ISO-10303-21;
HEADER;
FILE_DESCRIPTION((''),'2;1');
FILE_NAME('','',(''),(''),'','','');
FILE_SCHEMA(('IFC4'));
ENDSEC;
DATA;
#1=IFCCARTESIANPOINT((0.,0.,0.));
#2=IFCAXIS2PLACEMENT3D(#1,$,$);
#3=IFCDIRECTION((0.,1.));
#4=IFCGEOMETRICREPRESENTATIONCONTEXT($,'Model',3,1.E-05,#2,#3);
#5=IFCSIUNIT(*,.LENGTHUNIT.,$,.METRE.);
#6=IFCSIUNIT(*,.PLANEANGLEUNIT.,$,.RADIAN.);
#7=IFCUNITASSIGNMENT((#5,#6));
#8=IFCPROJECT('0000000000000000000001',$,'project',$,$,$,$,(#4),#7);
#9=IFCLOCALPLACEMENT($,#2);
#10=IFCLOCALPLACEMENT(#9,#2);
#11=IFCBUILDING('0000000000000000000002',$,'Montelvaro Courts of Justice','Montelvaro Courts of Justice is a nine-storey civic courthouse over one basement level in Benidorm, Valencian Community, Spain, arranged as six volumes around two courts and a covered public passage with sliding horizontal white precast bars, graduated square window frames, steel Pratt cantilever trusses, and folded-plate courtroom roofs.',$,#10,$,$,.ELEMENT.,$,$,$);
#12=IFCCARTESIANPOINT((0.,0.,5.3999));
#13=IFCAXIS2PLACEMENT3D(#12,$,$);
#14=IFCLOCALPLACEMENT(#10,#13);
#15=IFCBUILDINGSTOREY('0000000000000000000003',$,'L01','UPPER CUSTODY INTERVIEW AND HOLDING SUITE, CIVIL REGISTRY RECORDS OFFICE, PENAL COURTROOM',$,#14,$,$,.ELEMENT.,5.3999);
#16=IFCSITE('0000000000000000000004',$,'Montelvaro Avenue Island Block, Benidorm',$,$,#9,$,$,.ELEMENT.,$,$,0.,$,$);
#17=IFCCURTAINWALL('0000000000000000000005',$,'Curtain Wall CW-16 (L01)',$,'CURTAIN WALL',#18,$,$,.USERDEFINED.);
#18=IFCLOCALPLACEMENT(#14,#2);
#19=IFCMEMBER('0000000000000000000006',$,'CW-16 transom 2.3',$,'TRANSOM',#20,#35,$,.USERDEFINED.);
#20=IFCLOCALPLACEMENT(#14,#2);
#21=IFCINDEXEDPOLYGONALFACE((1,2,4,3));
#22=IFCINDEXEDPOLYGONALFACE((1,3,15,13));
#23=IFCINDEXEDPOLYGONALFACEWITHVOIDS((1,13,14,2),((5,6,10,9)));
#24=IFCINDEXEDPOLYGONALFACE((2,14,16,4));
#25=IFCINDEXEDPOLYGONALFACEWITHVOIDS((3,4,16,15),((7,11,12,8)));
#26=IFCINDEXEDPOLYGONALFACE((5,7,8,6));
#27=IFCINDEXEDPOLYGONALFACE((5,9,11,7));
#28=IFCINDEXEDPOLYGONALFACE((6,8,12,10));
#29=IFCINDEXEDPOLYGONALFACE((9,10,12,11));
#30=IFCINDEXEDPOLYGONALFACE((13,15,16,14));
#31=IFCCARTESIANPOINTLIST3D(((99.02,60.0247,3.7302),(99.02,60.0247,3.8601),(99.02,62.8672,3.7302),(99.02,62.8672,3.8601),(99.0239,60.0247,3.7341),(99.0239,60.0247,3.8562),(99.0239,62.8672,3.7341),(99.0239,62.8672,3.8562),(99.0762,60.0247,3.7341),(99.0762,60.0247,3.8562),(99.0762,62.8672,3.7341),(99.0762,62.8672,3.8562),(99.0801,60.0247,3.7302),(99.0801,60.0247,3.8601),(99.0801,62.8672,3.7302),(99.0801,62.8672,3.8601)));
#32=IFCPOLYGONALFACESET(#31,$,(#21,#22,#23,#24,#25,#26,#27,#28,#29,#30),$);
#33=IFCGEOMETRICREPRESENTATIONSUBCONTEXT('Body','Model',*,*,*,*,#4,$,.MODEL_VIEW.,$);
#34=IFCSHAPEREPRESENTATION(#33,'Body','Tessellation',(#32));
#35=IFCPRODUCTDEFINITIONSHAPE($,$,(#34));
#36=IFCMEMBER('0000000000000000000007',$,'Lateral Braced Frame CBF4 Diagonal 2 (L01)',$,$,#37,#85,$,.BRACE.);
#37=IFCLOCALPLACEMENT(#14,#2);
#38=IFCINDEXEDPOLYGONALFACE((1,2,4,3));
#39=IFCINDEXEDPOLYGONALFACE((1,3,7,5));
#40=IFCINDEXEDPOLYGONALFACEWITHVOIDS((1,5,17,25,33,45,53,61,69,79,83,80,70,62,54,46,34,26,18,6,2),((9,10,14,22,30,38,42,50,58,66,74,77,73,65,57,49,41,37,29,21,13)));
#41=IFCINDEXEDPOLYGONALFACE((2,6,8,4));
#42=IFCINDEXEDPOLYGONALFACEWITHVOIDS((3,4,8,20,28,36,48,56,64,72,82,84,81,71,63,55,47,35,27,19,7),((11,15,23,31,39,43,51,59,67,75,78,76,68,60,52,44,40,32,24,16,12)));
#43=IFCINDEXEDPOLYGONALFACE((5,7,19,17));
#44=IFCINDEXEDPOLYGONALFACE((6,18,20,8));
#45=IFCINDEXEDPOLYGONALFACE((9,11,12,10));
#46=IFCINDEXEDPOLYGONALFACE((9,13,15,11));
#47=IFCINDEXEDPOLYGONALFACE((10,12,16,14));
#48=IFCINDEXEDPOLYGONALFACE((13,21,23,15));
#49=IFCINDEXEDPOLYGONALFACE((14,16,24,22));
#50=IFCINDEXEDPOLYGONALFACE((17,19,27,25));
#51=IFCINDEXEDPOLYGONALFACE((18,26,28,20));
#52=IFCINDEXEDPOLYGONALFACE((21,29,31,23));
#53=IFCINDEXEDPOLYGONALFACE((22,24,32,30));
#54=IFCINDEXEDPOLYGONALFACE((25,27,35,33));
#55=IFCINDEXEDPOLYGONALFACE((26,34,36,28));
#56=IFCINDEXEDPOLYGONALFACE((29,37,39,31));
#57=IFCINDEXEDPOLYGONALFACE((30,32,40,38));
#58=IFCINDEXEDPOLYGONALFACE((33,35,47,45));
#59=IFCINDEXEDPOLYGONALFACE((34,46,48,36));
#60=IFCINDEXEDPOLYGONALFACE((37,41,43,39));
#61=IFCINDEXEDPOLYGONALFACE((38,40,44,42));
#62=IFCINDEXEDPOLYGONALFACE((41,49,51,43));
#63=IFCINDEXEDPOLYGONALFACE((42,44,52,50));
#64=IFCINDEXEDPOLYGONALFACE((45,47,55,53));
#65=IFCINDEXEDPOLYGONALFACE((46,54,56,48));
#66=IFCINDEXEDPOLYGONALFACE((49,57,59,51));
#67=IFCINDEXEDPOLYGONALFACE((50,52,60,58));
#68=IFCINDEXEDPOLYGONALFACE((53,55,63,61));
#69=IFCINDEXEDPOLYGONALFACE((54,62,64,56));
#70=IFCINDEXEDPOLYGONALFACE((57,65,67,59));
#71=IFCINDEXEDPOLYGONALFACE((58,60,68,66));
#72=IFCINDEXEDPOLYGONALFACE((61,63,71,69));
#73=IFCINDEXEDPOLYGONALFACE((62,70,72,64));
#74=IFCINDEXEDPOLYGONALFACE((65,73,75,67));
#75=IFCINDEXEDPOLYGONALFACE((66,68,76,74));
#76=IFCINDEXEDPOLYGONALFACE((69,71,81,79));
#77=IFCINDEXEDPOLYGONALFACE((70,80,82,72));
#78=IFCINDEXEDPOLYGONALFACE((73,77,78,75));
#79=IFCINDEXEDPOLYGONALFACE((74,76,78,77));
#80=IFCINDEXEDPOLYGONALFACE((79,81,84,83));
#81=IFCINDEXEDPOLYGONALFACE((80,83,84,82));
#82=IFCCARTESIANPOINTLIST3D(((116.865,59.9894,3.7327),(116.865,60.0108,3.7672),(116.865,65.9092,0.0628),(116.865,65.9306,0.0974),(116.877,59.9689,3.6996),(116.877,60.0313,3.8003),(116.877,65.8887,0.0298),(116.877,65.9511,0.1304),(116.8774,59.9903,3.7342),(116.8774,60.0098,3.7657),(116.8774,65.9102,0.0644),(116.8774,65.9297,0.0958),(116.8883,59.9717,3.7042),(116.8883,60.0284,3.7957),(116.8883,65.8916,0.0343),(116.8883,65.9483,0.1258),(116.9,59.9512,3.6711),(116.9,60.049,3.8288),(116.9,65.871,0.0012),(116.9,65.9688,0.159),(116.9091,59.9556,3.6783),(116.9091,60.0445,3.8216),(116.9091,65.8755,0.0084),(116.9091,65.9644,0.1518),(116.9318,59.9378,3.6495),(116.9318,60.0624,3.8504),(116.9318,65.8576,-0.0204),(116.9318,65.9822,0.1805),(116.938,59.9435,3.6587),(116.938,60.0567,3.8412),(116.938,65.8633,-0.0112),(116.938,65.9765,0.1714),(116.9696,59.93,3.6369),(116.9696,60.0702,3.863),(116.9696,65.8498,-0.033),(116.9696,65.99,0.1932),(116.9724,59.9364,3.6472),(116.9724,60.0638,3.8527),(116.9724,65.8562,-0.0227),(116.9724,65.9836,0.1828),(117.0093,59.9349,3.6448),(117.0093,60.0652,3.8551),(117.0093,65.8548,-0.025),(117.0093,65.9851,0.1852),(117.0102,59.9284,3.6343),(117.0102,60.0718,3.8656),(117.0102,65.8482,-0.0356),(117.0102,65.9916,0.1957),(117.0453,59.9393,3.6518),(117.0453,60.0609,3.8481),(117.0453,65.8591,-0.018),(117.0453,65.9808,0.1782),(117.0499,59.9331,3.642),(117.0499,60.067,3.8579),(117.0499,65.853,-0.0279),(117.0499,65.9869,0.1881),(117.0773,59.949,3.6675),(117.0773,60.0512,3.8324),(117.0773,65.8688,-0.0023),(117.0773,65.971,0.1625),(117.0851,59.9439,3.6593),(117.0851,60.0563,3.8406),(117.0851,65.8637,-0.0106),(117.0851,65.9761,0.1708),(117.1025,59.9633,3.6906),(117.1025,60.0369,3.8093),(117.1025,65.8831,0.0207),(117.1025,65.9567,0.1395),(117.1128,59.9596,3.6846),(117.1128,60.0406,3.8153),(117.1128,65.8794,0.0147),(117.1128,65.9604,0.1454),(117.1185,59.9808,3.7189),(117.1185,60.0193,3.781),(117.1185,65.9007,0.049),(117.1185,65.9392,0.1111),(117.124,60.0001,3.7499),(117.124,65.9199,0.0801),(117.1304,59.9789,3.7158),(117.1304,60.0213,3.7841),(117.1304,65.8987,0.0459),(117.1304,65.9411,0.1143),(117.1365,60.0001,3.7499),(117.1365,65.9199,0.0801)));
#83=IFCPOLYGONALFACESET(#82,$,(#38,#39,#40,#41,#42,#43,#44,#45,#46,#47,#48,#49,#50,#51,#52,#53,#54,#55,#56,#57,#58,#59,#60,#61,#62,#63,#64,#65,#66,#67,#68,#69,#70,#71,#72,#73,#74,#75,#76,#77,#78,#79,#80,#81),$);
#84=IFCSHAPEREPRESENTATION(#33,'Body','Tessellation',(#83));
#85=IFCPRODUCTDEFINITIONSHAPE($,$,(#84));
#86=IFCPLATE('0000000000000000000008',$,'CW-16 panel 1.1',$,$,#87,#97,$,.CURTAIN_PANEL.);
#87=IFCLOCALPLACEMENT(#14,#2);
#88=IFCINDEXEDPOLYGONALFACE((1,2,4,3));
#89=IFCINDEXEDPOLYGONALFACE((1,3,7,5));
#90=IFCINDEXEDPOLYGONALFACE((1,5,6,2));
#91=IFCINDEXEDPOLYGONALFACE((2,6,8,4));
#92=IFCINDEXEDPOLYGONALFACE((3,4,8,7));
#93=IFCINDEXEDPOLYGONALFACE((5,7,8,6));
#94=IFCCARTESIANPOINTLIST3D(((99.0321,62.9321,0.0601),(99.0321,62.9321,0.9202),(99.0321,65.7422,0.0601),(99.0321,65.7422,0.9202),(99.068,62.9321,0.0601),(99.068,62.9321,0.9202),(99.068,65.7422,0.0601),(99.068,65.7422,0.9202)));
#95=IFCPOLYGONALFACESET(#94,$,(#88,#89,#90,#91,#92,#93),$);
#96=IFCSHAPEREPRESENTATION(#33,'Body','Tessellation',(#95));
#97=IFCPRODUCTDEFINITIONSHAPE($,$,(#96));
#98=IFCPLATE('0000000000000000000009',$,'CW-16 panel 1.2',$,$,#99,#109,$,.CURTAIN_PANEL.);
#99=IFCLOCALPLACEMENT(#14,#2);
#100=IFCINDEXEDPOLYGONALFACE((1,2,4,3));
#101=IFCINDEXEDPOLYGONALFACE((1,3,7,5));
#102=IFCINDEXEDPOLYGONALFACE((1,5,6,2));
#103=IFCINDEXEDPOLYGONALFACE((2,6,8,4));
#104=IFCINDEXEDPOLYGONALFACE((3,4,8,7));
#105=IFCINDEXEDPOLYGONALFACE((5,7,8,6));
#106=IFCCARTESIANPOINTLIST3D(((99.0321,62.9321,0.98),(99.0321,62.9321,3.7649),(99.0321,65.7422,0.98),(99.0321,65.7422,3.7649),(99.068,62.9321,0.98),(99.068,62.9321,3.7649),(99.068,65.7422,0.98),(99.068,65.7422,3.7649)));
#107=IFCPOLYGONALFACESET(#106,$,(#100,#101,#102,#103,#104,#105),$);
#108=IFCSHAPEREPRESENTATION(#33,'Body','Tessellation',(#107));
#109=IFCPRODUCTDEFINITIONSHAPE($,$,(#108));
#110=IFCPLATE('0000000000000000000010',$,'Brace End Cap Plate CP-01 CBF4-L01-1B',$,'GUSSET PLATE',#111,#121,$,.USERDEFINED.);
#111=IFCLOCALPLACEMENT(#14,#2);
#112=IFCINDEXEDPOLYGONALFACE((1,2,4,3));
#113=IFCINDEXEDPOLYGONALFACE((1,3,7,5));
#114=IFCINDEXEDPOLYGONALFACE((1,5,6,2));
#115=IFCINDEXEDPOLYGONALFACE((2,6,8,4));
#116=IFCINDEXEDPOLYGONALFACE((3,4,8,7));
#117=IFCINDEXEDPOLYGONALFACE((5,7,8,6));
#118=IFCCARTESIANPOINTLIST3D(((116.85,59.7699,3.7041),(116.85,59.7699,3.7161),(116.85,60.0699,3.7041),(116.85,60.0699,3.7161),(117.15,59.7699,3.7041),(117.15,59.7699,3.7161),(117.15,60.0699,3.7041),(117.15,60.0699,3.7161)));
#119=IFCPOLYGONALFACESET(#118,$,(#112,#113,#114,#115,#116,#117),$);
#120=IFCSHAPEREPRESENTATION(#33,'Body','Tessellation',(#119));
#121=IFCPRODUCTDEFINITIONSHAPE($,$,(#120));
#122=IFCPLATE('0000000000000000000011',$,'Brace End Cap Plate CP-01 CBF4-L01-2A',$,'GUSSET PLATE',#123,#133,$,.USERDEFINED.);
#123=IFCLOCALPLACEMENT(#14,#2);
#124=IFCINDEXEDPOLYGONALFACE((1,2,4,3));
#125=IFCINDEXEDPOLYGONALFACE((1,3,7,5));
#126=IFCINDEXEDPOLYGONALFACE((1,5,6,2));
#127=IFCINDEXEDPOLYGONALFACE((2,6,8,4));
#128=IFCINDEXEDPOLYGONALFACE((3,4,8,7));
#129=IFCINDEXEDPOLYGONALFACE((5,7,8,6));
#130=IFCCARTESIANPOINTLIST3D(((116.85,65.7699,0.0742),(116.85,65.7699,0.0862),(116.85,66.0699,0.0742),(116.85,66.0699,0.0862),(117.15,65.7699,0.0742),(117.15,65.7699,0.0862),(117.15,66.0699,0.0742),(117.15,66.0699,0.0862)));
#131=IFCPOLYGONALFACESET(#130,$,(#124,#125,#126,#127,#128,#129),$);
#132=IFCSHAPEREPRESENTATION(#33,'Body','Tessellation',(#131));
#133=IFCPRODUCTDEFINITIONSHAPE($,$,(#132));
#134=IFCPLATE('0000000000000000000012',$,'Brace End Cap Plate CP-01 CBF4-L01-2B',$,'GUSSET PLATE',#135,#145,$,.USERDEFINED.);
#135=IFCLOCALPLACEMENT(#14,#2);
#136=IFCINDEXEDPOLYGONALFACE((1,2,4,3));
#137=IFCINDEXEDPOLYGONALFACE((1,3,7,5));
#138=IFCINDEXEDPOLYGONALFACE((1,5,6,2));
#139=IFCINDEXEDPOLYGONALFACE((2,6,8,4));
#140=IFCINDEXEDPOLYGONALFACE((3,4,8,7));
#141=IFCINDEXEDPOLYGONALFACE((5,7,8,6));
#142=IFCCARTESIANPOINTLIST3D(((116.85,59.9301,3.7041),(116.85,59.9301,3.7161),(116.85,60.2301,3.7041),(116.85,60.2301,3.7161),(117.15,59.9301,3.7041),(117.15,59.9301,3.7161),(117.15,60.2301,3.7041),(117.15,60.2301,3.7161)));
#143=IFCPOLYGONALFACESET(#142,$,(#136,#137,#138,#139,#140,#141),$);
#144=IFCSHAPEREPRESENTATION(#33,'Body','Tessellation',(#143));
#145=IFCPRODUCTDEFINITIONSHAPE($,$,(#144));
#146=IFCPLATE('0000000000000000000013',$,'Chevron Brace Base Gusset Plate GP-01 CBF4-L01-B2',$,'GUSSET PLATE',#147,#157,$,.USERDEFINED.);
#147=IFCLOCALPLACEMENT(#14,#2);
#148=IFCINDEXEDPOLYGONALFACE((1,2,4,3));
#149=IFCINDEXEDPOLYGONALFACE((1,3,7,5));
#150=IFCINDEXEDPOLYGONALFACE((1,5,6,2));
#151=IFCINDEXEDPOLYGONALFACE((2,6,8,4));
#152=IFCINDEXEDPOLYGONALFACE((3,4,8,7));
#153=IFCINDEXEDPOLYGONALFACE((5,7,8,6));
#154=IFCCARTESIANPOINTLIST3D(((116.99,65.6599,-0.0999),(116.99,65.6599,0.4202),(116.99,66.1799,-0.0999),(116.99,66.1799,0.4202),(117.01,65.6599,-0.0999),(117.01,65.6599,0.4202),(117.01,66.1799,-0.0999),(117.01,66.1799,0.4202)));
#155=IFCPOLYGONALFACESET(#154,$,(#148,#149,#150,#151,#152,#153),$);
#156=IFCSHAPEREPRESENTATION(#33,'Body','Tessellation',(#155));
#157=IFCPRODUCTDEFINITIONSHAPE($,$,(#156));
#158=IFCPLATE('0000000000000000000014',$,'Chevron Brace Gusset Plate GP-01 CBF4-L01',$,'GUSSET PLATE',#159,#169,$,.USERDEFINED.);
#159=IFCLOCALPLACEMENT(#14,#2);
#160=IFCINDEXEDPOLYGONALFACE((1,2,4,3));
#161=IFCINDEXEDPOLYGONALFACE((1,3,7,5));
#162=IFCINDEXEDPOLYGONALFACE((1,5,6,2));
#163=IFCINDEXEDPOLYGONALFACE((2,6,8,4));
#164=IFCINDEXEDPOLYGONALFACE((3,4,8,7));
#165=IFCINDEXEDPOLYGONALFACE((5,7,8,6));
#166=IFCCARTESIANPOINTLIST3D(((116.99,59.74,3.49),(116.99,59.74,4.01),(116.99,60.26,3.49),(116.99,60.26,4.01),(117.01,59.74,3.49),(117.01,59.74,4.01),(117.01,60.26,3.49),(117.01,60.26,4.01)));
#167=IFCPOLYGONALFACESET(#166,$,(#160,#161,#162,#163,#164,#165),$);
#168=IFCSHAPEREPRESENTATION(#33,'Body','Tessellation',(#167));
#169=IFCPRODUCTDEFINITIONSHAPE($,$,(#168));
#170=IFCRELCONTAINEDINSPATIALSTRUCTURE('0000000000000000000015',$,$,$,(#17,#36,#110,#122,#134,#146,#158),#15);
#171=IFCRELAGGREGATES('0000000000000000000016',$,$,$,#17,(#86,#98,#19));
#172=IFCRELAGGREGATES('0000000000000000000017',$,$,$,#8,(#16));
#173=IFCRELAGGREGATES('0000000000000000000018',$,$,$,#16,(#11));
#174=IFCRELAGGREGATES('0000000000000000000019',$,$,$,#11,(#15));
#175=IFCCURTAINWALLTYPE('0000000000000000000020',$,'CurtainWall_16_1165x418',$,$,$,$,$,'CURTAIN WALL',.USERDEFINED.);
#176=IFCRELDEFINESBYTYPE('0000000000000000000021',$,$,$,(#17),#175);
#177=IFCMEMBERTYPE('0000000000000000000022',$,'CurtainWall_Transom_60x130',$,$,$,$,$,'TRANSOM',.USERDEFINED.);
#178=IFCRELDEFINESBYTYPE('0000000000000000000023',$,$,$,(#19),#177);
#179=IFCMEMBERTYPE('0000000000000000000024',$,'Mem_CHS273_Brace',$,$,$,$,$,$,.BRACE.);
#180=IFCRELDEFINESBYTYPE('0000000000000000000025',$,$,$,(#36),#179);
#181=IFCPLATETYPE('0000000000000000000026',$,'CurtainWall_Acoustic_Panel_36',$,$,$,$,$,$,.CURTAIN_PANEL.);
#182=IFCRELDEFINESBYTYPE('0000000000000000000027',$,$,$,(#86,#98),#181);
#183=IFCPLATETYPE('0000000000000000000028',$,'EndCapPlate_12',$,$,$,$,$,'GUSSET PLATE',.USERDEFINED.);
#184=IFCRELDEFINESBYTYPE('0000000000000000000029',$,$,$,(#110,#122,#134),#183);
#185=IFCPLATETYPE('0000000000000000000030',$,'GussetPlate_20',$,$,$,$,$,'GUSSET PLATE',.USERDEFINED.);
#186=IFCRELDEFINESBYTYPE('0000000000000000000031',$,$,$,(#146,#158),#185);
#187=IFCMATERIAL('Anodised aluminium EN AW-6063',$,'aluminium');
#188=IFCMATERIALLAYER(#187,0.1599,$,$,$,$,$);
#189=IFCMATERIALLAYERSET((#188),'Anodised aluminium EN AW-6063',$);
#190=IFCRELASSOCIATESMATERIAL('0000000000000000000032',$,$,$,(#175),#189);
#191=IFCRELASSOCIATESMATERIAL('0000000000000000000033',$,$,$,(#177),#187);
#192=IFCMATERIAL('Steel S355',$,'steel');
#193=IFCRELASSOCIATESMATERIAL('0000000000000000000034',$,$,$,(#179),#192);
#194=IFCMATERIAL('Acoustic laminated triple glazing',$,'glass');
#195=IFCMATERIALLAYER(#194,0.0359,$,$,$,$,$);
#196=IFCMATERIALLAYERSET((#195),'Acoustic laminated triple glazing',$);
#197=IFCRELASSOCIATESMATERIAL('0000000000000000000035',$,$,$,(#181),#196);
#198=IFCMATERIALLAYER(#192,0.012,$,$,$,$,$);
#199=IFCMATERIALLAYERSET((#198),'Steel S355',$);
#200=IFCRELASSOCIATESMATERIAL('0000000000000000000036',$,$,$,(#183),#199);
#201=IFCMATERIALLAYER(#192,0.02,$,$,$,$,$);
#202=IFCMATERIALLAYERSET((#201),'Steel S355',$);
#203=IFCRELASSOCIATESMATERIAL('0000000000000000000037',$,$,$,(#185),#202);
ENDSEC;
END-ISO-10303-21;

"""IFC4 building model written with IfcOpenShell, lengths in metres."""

from ifc_helpers import new_model, si_unit, direction, frame, origin, origin_2d, place, context, subcontext, project, spatial, rectangle, hollow_rectangle, hollow_circle, extrude, material, layer, layer_set, material_profile, profile_set, type_object, element, aggregate, save


model = new_model("IFC4")

# Units and contexts
model_context = context("Model", 3, precision=1e-05, world=origin(), true_north=direction((0.0, 1.0)))
body_context = subcontext(model_context, "Body", "Model", "MODEL_VIEW")
ifc_project = project(units=[si_unit("LENGTHUNIT", "METRE"), si_unit("PLANEANGLEUNIT", "RADIAN")], contexts=[model_context])

# Site, building, storey
site_placement = place(None, origin())
site = spatial("IfcSite", under=ifc_project, at=site_placement, Name="Montelvaro Avenue Island Block, Benidorm", CompositionType="ELEMENT", RefElevation=0.0)
building_placement = place(site_placement, origin())
building = spatial("IfcBuilding", under=site, at=building_placement, Name="Montelvaro Courts of Justice", Description="Montelvaro Courts of Justice is a nine-storey civic courthouse over one basement level in Benidorm, Valencian Community, Spain, arranged as six volumes around two courts and a covered public passage with sliding horizontal white precast bars, graduated square window frames, steel Pratt cantilever trusses, and folded-plate courtroom roofs.", CompositionType="ELEMENT")
storey_placement = place(building_placement, frame((0.0, 0.0, 5.3999)))
storey = spatial("IfcBuildingStorey", under=building, at=storey_placement, Name="L01", Description="UPPER CUSTODY INTERVIEW AND HOLDING SUITE, CIVIL REGISTRY RECORDS OFFICE, PENAL COURTROOM", CompositionType="ELEMENT", Elevation=5.3999)

# Shared definitions
ifc_material_1 = material(Name="Steel S355", Category="steel")

# Curtain wall
ifc_material_2 = material(Name="Anodised aluminium EN AW-6063", Category="aluminium")
ifc_layer_1 = layer(ifc_material_2, 0.1599)
ifc_layer_set_1 = layer_set([ifc_layer_1], Name="Anodised aluminium EN AW-6063")
curtain_wall_type_1 = type_object("IfcCurtainWallType", Name="CurtainWall_16_1165x418", ElementType="CURTAIN WALL", PredefinedType="USERDEFINED", material=ifc_layer_set_1)
curtain_wall_1_placement = place(storey_placement, origin())
curtain_wall_1 = element("IfcCurtainWall", 1, at=curtain_wall_1_placement, inside=storey, type_object=curtain_wall_type_1, Name="Curtain Wall CW-16 (L01)", ObjectType="CURTAIN WALL", PredefinedType="USERDEFINED")

# Members
ifc_material_profile_1 = material_profile(ifc_material_2, hollow_rectangle(XDim=0.0601, YDim=0.1299, WallThickness=0.0039, at=origin_2d()), Name="ALU-T 60x130")
ifc_profile_set_1 = profile_set([ifc_material_profile_1], Name="Anodised aluminium EN AW-6063")
member_type_1 = type_object("IfcMemberType", Name="CurtainWall_Transom_60x130", ElementType="TRANSOM", PredefinedType="USERDEFINED", material=ifc_profile_set_1)
member_1_placement = place(storey_placement, frame((99.05, 62.8672, 3.7952), z_axis=(0.0, -1.0, 0.0), x_axis=(1.0, 0.0, 0.0)))
member_1 = element("IfcMember", 2, at=member_1_placement, type_object=member_type_1, Name="CW-16 transom 2.3", ObjectType="TRANSOM", PredefinedType="USERDEFINED", context=body_context, shape_type="SweptSolid", body=[
    extrude(hollow_rectangle(XDim=0.0601, YDim=0.1299, WallThickness=0.0039, at=origin_2d()), origin(), (0.0, 0.0, 1.0), 2.8425),
])
ifc_material_profile_2 = material_profile(ifc_material_1, hollow_circle(Radius=0.1365, WallThickness=0.0125, at=origin_2d()), Name="CHS 273x12.5")
ifc_profile_set_2 = profile_set([ifc_material_profile_2], Name="Steel S355")
member_type_2 = type_object("IfcMemberType", Name="Mem_CHS273_Brace", PredefinedType="BRACE", material=ifc_profile_set_2)
member_2_placement = place(storey_placement, frame((117.0, 65.9199, 0.0801), z_axis=(0.0, -0.84993, 0.526895), x_axis=(1.0, 0.0, 0.0)))
element("IfcMember", 3, at=member_2_placement, inside=storey, type_object=member_type_2, Name="Lateral Braced Frame CBF4 Diagonal 2 (L01)", PredefinedType="BRACE", context=body_context, shape_type="SweptSolid", body=[
    extrude(hollow_circle(Radius=0.1365, WallThickness=0.0125, at=origin_2d()), origin(), (0.0, 0.0, 1.0), 6.9651),
])

# Plates
ifc_material_3 = material(Name="Acoustic laminated triple glazing", Category="glass")
ifc_layer_2 = layer(ifc_material_3, 0.0359)
ifc_layer_set_2 = layer_set([ifc_layer_2], Name="Acoustic laminated triple glazing")
plate_type_1 = type_object("IfcPlateType", Name="CurtainWall_Acoustic_Panel_36", PredefinedType="CURTAIN_PANEL", material=ifc_layer_set_2)
plate_1_placement = place(storey_placement, frame((99.05, 64.3372, 0.0601), z_axis=(0.0, 0.0, 1.0), x_axis=(0.0, -1.0, 0.0)))
plate_1 = element("IfcPlate", 4, at=plate_1_placement, type_object=plate_type_1, Name="CW-16 panel 1.1", PredefinedType="CURTAIN_PANEL", context=body_context, shape_type="SweptSolid", body=[
    extrude(rectangle(XDim=2.8101, YDim=0.0359, at=origin_2d()), origin(), (0.0, 0.0, 1.0), 0.8601),
])
plate_2_placement = place(storey_placement, frame((99.05, 64.3372, 0.98), z_axis=(0.0, 0.0, 1.0), x_axis=(0.0, -1.0, 0.0)))
plate_2 = element("IfcPlate", 5, at=plate_2_placement, type_object=plate_type_1, Name="CW-16 panel 1.2", PredefinedType="CURTAIN_PANEL", context=body_context, shape_type="SweptSolid", body=[
    extrude(rectangle(XDim=2.8101, YDim=0.0359, at=origin_2d()), origin(), (0.0, 0.0, 1.0), 2.7849),
])
aggregate(curtain_wall_1, [plate_1, plate_2, member_1])

# Plates
ifc_layer_3 = layer(ifc_material_1, 0.012)
ifc_layer_set_3 = layer_set([ifc_layer_3], Name="Steel S355")
plate_type_2 = type_object("IfcPlateType", Name="EndCapPlate_12", ElementType="GUSSET PLATE", PredefinedType="USERDEFINED", material=ifc_layer_set_3)
for number, where, z_axis, x_axis, name in (
    (6, (117.0, 59.9199, 3.7041), (0.0, 0.0, 1.0), (1.0, 0.0, 0.0), "Brace End Cap Plate CP-01 CBF4-L01-1B"),
    (7, (117.0, 65.9199, 0.0742), (0.0, 0.0, 1.0), (1.0, 0.0, 0.0), "Brace End Cap Plate CP-01 CBF4-L01-2A"),
    (8, (117.0, 60.0801, 3.7041), (0.0, 0.0, 1.0), (1.0, 0.0, 0.0), "Brace End Cap Plate CP-01 CBF4-L01-2B"),
):
    element("IfcPlate", number, at=place(storey_placement, frame(where, z_axis=z_axis, x_axis=x_axis)), inside=storey, type_object=plate_type_2, Name=name, ObjectType="GUSSET PLATE", PredefinedType="USERDEFINED", context=body_context, shape_type="SweptSolid", body=[
        extrude(rectangle(XDim=0.3, YDim=0.3, at=origin_2d()), origin(), (0.0, 0.0, 1.0), 0.012),
    ])
ifc_layer_4 = layer(ifc_material_1, 0.02)
ifc_layer_set_4 = layer_set([ifc_layer_4], Name="Steel S355")
plate_type_3 = type_object("IfcPlateType", Name="GussetPlate_20", ElementType="GUSSET PLATE", PredefinedType="USERDEFINED", material=ifc_layer_set_4)
for number, where, z_axis, x_axis, name in (
    (9, (117.0, 65.9199, -0.0999), (0.0, 0.0, 1.0), (1.0, 0.0, 0.0), "Chevron Brace Base Gusset Plate GP-01 CBF4-L01-B2"),
    (10, (117.0, 60.0, 3.49), (0.0, 0.0, 1.0), (1.0, 0.0, 0.0), "Chevron Brace Gusset Plate GP-01 CBF4-L01"),
):
    element("IfcPlate", number, at=place(storey_placement, frame(where, z_axis=z_axis, x_axis=x_axis)), inside=storey, type_object=plate_type_3, Name=name, ObjectType="GUSSET PLATE", PredefinedType="USERDEFINED", context=body_context, shape_type="SweptSolid", body=[
        extrude(rectangle(XDim=0.02, YDim=0.52, at=origin_2d()), origin(), (0.0, 0.0, 1.0), 0.52),
    ])

save(model, "model.ifc")
